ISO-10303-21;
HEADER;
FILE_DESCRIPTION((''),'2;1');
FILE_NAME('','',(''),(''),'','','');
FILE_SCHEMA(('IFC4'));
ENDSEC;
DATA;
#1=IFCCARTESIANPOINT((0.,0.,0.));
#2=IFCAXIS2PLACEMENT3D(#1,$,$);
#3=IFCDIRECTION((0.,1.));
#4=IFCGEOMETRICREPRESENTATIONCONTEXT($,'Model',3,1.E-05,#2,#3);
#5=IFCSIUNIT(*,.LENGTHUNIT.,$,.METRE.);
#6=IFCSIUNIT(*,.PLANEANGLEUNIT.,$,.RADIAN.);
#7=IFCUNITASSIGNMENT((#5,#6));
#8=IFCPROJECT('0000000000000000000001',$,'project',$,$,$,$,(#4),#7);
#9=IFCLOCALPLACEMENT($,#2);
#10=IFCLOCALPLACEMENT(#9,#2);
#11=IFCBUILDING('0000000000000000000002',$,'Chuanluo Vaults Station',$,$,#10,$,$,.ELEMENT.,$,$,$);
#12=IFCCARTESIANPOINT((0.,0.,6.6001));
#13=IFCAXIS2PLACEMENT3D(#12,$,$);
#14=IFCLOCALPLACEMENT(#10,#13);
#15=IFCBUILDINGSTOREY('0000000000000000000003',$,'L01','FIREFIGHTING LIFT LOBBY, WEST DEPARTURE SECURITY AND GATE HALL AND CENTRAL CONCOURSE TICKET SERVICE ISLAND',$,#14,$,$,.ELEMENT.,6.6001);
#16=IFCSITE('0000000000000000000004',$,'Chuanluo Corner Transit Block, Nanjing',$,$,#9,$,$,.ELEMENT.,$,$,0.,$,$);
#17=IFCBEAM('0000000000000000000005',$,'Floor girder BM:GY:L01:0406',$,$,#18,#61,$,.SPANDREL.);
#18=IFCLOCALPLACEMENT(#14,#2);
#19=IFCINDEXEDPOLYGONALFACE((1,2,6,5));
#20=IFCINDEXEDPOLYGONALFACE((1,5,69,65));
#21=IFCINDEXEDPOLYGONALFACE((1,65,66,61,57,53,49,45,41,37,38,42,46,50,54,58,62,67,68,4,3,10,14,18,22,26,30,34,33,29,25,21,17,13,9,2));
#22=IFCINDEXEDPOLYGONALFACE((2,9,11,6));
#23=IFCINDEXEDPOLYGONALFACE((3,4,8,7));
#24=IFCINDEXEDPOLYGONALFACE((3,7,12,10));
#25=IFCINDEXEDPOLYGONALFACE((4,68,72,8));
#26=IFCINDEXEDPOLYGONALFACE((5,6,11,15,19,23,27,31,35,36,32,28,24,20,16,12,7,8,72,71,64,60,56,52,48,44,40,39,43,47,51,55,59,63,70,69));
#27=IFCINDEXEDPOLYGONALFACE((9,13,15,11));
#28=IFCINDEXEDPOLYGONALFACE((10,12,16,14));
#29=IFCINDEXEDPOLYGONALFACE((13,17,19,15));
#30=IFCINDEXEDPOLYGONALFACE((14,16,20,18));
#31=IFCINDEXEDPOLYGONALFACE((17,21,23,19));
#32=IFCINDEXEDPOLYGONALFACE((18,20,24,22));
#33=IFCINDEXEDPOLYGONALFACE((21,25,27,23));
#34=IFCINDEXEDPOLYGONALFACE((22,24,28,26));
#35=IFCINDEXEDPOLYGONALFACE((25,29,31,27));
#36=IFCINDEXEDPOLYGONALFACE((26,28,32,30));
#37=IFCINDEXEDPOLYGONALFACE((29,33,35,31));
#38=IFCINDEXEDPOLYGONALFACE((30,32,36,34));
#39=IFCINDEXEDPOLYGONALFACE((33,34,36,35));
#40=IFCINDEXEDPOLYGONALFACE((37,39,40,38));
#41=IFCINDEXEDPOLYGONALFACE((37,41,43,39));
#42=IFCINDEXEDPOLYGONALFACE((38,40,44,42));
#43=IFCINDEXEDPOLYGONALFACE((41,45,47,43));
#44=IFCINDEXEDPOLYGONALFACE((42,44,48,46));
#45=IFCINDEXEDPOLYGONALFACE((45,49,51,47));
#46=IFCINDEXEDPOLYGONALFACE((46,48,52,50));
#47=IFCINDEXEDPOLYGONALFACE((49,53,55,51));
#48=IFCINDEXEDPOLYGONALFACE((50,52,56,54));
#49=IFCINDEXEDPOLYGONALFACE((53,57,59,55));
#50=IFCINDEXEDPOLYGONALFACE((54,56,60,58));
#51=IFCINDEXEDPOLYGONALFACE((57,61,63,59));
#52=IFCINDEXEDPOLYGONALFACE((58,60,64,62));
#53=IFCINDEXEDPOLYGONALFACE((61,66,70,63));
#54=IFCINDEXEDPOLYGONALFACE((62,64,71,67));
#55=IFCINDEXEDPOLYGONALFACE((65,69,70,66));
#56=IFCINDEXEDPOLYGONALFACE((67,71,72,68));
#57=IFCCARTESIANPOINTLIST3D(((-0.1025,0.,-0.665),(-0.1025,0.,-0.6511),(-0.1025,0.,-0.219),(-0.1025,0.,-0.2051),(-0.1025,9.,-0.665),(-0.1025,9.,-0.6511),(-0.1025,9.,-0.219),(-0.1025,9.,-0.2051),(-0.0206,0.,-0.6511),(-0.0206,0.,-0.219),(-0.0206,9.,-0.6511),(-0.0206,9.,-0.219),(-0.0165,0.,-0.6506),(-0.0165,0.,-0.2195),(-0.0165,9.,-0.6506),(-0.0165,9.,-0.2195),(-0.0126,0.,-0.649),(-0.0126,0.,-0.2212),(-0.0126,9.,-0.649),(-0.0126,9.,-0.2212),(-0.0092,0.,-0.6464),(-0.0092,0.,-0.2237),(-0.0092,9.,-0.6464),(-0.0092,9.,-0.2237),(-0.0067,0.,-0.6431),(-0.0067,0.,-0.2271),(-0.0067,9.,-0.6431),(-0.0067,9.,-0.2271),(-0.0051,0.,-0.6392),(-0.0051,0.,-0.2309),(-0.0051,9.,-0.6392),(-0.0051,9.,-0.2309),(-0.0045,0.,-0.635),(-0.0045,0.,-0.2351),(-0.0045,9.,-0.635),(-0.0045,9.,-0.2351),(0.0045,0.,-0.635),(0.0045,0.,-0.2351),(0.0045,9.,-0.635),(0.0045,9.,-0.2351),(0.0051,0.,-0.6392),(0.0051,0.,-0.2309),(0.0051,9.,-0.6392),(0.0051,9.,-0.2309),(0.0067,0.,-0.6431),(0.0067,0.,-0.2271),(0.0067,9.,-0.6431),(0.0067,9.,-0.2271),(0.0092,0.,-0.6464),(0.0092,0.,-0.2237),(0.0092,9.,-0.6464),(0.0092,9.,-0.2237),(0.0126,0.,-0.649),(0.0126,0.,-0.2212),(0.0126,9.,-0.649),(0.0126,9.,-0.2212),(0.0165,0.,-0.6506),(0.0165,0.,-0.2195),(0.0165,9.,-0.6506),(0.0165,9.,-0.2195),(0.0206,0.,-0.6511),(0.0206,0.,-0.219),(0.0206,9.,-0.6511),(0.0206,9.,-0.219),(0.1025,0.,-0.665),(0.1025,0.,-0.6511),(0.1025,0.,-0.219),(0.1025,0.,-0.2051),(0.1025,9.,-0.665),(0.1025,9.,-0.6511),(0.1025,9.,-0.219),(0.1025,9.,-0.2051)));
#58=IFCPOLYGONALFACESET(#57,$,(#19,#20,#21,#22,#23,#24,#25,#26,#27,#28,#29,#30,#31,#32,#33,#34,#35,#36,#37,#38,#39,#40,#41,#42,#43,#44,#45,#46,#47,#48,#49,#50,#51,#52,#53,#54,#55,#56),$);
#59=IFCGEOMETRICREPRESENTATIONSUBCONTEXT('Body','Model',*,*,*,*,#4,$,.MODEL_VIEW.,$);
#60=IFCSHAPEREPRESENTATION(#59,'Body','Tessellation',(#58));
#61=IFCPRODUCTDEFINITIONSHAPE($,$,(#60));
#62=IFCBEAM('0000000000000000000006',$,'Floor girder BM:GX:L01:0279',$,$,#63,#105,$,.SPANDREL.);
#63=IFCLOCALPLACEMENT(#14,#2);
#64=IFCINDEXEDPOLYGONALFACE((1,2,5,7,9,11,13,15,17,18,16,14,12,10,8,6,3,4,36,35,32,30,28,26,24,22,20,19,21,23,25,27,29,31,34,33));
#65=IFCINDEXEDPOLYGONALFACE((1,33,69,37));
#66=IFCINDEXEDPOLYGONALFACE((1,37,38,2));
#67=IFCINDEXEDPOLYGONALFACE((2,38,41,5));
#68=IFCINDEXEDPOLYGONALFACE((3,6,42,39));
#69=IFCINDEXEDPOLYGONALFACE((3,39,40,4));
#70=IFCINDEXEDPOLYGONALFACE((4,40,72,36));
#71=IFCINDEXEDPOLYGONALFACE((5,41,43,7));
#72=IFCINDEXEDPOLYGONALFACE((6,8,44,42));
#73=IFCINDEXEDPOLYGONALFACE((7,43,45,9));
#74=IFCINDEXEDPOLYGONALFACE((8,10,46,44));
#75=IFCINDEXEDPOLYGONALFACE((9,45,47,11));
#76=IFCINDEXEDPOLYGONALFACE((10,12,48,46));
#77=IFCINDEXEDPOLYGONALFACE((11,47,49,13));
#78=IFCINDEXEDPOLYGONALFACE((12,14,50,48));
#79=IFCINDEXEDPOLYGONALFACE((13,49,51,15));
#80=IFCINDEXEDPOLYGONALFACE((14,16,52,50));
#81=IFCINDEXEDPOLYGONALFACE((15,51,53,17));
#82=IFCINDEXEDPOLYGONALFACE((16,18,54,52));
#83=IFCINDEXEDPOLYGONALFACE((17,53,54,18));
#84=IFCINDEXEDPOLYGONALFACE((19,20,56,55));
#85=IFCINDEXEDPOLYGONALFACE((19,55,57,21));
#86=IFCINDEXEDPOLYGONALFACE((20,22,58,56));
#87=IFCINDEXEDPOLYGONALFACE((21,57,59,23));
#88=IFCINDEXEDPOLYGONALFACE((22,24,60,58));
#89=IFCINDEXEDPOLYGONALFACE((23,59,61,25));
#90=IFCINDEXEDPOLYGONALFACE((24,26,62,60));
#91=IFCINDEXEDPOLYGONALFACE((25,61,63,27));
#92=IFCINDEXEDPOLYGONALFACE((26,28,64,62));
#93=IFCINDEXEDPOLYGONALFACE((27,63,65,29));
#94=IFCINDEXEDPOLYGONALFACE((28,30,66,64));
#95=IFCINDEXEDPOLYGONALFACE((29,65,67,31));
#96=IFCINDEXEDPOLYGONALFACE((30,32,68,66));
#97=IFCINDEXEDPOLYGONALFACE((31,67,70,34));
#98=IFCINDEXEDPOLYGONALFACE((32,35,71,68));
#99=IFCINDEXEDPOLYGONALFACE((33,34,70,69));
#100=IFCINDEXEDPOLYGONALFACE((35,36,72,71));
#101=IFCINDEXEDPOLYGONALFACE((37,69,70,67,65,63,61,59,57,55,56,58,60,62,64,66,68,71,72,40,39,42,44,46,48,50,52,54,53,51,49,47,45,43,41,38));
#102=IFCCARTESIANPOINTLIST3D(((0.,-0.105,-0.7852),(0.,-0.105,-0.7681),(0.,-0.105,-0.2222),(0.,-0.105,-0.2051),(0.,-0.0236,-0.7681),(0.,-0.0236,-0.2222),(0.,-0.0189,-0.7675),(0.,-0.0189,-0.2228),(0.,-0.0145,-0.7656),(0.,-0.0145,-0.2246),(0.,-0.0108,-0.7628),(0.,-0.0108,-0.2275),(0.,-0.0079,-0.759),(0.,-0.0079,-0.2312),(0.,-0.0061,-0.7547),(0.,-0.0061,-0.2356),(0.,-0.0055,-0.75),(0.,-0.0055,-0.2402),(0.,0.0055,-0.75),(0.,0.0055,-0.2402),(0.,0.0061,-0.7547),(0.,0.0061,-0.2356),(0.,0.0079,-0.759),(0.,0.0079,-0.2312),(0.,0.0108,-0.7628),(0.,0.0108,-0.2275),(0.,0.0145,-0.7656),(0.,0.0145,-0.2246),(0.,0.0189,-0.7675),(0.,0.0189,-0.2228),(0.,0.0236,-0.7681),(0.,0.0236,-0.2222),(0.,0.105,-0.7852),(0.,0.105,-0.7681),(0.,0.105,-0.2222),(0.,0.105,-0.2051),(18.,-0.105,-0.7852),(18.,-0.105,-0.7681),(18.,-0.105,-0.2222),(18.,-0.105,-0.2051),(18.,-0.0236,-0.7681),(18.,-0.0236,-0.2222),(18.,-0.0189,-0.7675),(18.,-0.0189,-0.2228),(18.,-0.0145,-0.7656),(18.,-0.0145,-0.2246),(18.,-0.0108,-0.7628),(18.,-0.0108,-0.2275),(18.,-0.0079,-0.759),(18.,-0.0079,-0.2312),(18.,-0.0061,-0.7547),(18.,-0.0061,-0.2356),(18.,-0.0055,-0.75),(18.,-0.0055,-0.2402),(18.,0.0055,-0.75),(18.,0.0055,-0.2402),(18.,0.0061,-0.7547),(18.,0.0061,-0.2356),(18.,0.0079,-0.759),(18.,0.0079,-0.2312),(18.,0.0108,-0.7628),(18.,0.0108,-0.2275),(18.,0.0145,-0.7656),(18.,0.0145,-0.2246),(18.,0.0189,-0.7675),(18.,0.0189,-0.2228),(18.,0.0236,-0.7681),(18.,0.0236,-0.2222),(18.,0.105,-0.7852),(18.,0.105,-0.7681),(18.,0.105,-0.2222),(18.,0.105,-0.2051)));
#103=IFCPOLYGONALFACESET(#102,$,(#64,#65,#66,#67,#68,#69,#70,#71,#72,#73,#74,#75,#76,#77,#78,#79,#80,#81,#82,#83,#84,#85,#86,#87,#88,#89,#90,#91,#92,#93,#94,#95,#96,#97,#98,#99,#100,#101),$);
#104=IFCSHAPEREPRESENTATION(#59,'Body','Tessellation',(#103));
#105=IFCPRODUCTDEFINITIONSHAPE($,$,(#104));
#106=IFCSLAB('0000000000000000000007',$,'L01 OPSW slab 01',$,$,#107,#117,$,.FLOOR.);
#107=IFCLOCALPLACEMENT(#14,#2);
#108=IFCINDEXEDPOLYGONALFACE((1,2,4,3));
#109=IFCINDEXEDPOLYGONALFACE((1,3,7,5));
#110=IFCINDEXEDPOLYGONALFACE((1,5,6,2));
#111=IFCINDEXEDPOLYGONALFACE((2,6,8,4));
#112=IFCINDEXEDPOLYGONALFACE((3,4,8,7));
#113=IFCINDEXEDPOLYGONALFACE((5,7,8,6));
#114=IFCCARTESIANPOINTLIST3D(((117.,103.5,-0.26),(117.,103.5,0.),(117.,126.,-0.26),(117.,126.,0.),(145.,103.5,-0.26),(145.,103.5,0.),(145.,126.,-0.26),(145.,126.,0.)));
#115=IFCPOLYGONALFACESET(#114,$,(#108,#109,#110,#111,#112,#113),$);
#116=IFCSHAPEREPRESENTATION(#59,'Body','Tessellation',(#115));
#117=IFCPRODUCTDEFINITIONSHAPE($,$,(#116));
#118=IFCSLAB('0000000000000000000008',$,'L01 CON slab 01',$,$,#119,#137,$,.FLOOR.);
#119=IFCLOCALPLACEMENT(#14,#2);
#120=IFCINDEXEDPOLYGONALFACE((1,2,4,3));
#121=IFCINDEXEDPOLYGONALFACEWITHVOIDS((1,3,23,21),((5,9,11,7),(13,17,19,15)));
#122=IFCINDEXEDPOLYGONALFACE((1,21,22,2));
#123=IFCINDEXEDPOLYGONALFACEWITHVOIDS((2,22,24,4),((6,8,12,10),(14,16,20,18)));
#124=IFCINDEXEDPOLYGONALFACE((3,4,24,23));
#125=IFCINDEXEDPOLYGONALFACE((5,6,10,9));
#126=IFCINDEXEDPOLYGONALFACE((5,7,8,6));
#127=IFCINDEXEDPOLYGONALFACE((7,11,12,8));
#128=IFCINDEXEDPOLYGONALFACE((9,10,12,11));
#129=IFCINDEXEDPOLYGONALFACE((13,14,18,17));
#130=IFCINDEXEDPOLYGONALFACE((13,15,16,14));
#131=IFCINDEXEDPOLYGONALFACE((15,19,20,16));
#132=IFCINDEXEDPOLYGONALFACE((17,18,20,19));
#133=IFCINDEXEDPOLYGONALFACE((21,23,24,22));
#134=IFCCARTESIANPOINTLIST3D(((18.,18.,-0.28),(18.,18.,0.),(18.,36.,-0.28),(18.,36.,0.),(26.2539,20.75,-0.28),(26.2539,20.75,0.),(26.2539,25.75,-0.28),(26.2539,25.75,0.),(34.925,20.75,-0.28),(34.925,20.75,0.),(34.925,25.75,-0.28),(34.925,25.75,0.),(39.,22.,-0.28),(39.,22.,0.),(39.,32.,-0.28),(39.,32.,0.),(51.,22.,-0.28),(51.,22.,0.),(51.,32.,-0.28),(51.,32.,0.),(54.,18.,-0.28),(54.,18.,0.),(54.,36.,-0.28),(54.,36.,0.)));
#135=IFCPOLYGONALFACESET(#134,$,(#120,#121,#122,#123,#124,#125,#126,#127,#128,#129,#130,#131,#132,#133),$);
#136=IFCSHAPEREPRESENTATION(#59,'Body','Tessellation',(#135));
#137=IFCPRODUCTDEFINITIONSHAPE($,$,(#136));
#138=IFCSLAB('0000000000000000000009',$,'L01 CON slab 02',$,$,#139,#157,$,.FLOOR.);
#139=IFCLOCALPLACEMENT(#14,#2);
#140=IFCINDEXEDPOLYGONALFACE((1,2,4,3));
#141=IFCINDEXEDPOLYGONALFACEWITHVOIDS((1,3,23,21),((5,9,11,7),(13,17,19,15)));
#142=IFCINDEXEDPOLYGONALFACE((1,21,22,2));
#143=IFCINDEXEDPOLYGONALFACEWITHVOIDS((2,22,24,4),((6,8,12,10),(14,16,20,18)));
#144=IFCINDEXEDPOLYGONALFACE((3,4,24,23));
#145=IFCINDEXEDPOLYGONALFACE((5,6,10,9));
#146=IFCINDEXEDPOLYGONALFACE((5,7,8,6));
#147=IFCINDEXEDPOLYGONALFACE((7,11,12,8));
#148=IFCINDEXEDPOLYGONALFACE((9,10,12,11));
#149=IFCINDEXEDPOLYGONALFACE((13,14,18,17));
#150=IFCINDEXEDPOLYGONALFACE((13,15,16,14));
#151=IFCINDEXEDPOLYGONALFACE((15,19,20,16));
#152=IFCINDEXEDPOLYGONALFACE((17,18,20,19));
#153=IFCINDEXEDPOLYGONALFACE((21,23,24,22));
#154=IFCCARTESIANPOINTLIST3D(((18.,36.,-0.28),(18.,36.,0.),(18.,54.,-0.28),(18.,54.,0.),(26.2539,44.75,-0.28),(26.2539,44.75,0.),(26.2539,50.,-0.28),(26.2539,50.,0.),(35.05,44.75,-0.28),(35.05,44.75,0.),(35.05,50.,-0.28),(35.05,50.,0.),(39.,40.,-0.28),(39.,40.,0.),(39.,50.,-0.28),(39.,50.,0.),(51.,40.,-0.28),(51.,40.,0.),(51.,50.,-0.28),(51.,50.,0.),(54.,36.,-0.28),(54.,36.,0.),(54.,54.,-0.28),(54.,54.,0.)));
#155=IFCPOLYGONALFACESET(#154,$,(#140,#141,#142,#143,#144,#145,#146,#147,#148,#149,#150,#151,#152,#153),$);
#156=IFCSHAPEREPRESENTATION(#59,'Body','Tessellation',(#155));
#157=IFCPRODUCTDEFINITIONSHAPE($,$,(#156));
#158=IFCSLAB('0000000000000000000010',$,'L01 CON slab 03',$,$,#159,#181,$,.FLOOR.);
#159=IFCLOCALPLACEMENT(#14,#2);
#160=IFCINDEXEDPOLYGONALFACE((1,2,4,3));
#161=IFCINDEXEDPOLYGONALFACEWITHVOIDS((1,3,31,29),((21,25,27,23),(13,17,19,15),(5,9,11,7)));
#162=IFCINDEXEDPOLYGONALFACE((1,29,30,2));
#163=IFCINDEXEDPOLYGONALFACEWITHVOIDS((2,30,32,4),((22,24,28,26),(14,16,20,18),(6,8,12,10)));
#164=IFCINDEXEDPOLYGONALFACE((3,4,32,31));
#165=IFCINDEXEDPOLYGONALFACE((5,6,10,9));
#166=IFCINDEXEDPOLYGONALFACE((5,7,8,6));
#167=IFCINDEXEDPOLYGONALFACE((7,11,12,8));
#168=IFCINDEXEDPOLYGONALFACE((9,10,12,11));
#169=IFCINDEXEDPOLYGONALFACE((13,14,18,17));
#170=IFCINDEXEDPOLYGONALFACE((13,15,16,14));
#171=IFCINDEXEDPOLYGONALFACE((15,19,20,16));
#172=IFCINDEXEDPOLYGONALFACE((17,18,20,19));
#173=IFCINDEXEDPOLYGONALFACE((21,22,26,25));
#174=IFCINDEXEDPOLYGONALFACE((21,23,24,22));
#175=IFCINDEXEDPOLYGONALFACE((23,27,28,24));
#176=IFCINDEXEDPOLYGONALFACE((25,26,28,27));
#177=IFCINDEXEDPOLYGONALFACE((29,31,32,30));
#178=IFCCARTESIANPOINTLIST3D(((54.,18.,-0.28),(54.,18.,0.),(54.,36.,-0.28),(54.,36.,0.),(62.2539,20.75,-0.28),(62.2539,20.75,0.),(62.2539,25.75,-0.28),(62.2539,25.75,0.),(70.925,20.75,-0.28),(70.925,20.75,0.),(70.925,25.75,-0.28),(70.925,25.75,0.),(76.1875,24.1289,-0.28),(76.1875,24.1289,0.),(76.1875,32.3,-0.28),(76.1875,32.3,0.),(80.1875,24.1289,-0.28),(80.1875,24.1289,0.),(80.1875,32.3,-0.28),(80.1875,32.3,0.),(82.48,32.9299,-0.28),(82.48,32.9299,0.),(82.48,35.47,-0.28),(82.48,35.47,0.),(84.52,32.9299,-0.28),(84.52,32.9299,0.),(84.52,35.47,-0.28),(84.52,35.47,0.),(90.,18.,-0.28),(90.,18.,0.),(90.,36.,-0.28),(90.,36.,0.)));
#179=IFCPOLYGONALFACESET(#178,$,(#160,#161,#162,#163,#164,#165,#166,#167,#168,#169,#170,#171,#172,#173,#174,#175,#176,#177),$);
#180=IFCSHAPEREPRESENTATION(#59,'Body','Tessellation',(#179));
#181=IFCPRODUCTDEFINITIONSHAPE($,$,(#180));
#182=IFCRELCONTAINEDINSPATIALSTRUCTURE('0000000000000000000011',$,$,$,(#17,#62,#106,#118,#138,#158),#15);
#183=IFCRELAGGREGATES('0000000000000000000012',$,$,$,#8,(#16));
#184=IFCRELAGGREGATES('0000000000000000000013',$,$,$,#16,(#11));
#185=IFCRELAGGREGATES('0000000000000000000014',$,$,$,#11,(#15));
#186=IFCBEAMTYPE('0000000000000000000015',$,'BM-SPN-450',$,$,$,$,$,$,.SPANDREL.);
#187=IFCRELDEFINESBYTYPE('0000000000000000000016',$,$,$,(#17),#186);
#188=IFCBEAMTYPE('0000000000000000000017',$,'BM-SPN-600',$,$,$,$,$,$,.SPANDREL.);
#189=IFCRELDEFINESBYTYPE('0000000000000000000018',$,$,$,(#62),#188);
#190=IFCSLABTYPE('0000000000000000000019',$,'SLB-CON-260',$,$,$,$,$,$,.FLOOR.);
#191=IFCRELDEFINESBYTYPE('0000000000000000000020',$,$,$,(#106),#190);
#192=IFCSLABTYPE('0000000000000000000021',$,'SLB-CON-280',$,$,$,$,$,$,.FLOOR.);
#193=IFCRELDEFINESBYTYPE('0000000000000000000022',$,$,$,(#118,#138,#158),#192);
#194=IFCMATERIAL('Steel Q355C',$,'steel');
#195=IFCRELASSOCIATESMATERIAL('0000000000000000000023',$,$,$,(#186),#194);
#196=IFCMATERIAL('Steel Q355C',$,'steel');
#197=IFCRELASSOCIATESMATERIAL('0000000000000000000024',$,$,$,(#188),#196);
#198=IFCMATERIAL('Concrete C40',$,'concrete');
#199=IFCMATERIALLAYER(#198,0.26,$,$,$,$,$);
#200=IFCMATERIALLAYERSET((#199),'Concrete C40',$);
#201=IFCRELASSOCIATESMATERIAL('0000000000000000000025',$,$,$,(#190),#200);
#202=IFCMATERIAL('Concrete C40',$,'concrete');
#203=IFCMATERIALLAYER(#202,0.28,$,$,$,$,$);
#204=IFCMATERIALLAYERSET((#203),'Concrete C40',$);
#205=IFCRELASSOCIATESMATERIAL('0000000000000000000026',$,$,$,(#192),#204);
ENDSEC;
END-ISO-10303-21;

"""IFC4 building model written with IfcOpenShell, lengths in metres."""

from ifc_helpers import new_model, si_unit, direction, frame, origin, origin_2d, place, context, subcontext, project, spatial, polyline, i_section, outline, extrude, material, layer, layer_set, material_profile, profile_set, type_object, element, save


model = new_model("IFC4")

# Units and contexts
model_context = context("Model", 3, precision=1e-05, world=origin(), true_north=direction((0.0, 1.0)))
body_context = subcontext(model_context, "Body", "Model", "MODEL_VIEW")
ifc_project = project(units=[si_unit("LENGTHUNIT", "METRE"), si_unit("PLANEANGLEUNIT", "RADIAN")], contexts=[model_context])

# Site, building, storey
site_placement = place(None, origin())
site = spatial("IfcSite", under=ifc_project, at=site_placement, Name="Chuanluo Corner Transit Block, Nanjing", CompositionType="ELEMENT", RefElevation=0.0)
building_placement = place(site_placement, origin())
building = spatial("IfcBuilding", under=site, at=building_placement, Name="Chuanluo Vaults Station", CompositionType="ELEMENT")
storey_placement = place(building_placement, frame((0.0, 0.0, 6.6001)))
storey = spatial("IfcBuildingStorey", under=building, at=storey_placement, Name="L01", Description="FIREFIGHTING LIFT LOBBY, WEST DEPARTURE SECURITY AND GATE HALL AND CENTRAL CONCOURSE TICKET SERVICE ISLAND", CompositionType="ELEMENT", Elevation=6.6001)

# Beams
ifc_material_1 = material(Name="Steel Q355C", Category="steel")
ifc_material_profile_1 = material_profile(ifc_material_1, i_section(OverallWidth=0.2051, OverallDepth=0.46, WebThickness=0.009, FlangeThickness=0.0139, FilletRadius=0.0161, at=origin_2d()))
ifc_profile_set_1 = profile_set([ifc_material_profile_1], Name="Steel Q355C")
beam_type_1 = type_object("IfcBeamType", Name="BM-SPN-450", PredefinedType="SPANDREL", material=ifc_profile_set_1)
beam_1_placement = place(storey_placement, frame((0.0, 0.0, -0.4351), z_axis=(0.0, 1.0, 0.0), x_axis=(-1.0, 0.0, 0.0)))
element("IfcBeam", 1, at=beam_1_placement, inside=storey, type_object=beam_type_1, Name="Floor girder BM:GY:L01:0406", PredefinedType="SPANDREL", context=body_context, shape_type="SweptSolid", body=[
    extrude(i_section(OverallWidth=0.2051, OverallDepth=0.46, WebThickness=0.009, FlangeThickness=0.0139, FilletRadius=0.0161, at=origin_2d()), origin(), (0.0, 0.0, 1.0), 9.0),
])
ifc_material_2 = material(Name="Steel Q355C", Category="steel")
ifc_material_profile_2 = material_profile(ifc_material_2, i_section(OverallWidth=0.21, OverallDepth=0.5801, WebThickness=0.011, FlangeThickness=0.0171, FilletRadius=0.0181, at=origin_2d()))
ifc_profile_set_2 = profile_set([ifc_material_profile_2], Name="Steel Q355C")
beam_type_2 = type_object("IfcBeamType", Name="BM-SPN-600", PredefinedType="SPANDREL", material=ifc_profile_set_2)
beam_2_placement = place(storey_placement, frame((0.0, 0.0, -0.4951), z_axis=(1.0, 0.0, 0.0), x_axis=(0.0, 1.0, 0.0)))
element("IfcBeam", 2, at=beam_2_placement, inside=storey, type_object=beam_type_2, Name="Floor girder BM:GX:L01:0279", PredefinedType="SPANDREL", context=body_context, shape_type="SweptSolid", body=[
    extrude(i_section(OverallWidth=0.21, OverallDepth=0.5801, WebThickness=0.011, FlangeThickness=0.0171, FilletRadius=0.0181, at=origin_2d()), origin(), (0.0, 0.0, 1.0), 18.0),
])

# Slabs
ifc_material_3 = material(Name="Concrete C40", Category="concrete")
ifc_layer_1 = layer(ifc_material_3, 0.26)
ifc_layer_set_1 = layer_set([ifc_layer_1], Name="Concrete C40")
slab_type_1 = type_object("IfcSlabType", Name="SLB-CON-260", PredefinedType="FLOOR", material=ifc_layer_set_1)
slab_1_placement = place(storey_placement, frame((0.0, 0.0, -0.26)))
element("IfcSlab", 3, at=slab_1_placement, inside=storey, type_object=slab_type_1, Name="L01 OPSW slab 01", PredefinedType="FLOOR", context=body_context, shape_type="SweptSolid", body=[
    extrude(outline(polyline([(117.0, 103.5), (145.0, 103.5), (145.0, 126.0), (117.0, 126.0), (117.0, 103.5)])), origin(), (0.0, 0.0, 1.0), 0.26),
])
ifc_material_4 = material(Name="Concrete C40", Category="concrete")
ifc_layer_2 = layer(ifc_material_4, 0.28)
ifc_layer_set_2 = layer_set([ifc_layer_2], Name="Concrete C40")
slab_type_2 = type_object("IfcSlabType", Name="SLB-CON-280", PredefinedType="FLOOR", material=ifc_layer_set_2)
slab_2_placement = place(storey_placement, frame((0.0, 0.0, -0.28)))
element("IfcSlab", 4, at=slab_2_placement, inside=storey, type_object=slab_type_2, Name="L01 CON slab 01", PredefinedType="FLOOR", context=body_context, shape_type="SweptSolid", body=[
    extrude(outline(polyline([(18.0, 18.0), (54.0, 18.0), (54.0, 36.0), (18.0, 36.0), (18.0, 18.0)]), holes=[polyline([(26.2539, 20.75), (34.925, 20.75), (34.925, 25.75), (26.2539, 25.75), (26.2539, 20.75)]), polyline([(39.0, 22.0), (51.0, 22.0), (51.0, 32.0), (39.0, 32.0), (39.0, 22.0)])]), origin(), (0.0, 0.0, 1.0), 0.28),
])
slab_3_placement = place(storey_placement, frame((0.0, 0.0, -0.28)))
element("IfcSlab", 5, at=slab_3_placement, inside=storey, type_object=slab_type_2, Name="L01 CON slab 02", PredefinedType="FLOOR", context=body_context, shape_type="SweptSolid", body=[
    extrude(outline(polyline([(18.0, 36.0), (54.0, 36.0), (54.0, 54.0), (18.0, 54.0), (18.0, 36.0)]), holes=[polyline([(26.2539, 44.75), (35.05, 44.75), (35.05, 50.0), (26.2539, 50.0), (26.2539, 44.75)]), polyline([(39.0, 40.0), (51.0, 40.0), (51.0, 50.0), (39.0, 50.0), (39.0, 40.0)])]), origin(), (0.0, 0.0, 1.0), 0.28),
])
slab_4_placement = place(storey_placement, frame((0.0, 0.0, -0.28)))
element("IfcSlab", 6, at=slab_4_placement, inside=storey, type_object=slab_type_2, Name="L01 CON slab 03", PredefinedType="FLOOR", context=body_context, shape_type="SweptSolid", body=[
    extrude(outline(polyline([(54.0, 18.0), (90.0, 18.0), (90.0, 36.0), (54.0, 36.0), (54.0, 18.0)]), holes=[polyline([(80.1875, 24.1289), (80.1875, 32.3), (76.1875, 32.3), (76.1875, 24.1289), (80.1875, 24.1289)]), polyline([(62.2539, 20.75), (70.925, 20.75), (70.925, 25.75), (62.2539, 25.75), (62.2539, 20.75)]), polyline([(82.48, 32.9299), (84.52, 32.9299), (84.52, 35.47), (82.48, 35.47), (82.48, 32.9299)])]), origin(), (0.0, 0.0, 1.0), 0.28),
])

save(model, "model.ifc")
